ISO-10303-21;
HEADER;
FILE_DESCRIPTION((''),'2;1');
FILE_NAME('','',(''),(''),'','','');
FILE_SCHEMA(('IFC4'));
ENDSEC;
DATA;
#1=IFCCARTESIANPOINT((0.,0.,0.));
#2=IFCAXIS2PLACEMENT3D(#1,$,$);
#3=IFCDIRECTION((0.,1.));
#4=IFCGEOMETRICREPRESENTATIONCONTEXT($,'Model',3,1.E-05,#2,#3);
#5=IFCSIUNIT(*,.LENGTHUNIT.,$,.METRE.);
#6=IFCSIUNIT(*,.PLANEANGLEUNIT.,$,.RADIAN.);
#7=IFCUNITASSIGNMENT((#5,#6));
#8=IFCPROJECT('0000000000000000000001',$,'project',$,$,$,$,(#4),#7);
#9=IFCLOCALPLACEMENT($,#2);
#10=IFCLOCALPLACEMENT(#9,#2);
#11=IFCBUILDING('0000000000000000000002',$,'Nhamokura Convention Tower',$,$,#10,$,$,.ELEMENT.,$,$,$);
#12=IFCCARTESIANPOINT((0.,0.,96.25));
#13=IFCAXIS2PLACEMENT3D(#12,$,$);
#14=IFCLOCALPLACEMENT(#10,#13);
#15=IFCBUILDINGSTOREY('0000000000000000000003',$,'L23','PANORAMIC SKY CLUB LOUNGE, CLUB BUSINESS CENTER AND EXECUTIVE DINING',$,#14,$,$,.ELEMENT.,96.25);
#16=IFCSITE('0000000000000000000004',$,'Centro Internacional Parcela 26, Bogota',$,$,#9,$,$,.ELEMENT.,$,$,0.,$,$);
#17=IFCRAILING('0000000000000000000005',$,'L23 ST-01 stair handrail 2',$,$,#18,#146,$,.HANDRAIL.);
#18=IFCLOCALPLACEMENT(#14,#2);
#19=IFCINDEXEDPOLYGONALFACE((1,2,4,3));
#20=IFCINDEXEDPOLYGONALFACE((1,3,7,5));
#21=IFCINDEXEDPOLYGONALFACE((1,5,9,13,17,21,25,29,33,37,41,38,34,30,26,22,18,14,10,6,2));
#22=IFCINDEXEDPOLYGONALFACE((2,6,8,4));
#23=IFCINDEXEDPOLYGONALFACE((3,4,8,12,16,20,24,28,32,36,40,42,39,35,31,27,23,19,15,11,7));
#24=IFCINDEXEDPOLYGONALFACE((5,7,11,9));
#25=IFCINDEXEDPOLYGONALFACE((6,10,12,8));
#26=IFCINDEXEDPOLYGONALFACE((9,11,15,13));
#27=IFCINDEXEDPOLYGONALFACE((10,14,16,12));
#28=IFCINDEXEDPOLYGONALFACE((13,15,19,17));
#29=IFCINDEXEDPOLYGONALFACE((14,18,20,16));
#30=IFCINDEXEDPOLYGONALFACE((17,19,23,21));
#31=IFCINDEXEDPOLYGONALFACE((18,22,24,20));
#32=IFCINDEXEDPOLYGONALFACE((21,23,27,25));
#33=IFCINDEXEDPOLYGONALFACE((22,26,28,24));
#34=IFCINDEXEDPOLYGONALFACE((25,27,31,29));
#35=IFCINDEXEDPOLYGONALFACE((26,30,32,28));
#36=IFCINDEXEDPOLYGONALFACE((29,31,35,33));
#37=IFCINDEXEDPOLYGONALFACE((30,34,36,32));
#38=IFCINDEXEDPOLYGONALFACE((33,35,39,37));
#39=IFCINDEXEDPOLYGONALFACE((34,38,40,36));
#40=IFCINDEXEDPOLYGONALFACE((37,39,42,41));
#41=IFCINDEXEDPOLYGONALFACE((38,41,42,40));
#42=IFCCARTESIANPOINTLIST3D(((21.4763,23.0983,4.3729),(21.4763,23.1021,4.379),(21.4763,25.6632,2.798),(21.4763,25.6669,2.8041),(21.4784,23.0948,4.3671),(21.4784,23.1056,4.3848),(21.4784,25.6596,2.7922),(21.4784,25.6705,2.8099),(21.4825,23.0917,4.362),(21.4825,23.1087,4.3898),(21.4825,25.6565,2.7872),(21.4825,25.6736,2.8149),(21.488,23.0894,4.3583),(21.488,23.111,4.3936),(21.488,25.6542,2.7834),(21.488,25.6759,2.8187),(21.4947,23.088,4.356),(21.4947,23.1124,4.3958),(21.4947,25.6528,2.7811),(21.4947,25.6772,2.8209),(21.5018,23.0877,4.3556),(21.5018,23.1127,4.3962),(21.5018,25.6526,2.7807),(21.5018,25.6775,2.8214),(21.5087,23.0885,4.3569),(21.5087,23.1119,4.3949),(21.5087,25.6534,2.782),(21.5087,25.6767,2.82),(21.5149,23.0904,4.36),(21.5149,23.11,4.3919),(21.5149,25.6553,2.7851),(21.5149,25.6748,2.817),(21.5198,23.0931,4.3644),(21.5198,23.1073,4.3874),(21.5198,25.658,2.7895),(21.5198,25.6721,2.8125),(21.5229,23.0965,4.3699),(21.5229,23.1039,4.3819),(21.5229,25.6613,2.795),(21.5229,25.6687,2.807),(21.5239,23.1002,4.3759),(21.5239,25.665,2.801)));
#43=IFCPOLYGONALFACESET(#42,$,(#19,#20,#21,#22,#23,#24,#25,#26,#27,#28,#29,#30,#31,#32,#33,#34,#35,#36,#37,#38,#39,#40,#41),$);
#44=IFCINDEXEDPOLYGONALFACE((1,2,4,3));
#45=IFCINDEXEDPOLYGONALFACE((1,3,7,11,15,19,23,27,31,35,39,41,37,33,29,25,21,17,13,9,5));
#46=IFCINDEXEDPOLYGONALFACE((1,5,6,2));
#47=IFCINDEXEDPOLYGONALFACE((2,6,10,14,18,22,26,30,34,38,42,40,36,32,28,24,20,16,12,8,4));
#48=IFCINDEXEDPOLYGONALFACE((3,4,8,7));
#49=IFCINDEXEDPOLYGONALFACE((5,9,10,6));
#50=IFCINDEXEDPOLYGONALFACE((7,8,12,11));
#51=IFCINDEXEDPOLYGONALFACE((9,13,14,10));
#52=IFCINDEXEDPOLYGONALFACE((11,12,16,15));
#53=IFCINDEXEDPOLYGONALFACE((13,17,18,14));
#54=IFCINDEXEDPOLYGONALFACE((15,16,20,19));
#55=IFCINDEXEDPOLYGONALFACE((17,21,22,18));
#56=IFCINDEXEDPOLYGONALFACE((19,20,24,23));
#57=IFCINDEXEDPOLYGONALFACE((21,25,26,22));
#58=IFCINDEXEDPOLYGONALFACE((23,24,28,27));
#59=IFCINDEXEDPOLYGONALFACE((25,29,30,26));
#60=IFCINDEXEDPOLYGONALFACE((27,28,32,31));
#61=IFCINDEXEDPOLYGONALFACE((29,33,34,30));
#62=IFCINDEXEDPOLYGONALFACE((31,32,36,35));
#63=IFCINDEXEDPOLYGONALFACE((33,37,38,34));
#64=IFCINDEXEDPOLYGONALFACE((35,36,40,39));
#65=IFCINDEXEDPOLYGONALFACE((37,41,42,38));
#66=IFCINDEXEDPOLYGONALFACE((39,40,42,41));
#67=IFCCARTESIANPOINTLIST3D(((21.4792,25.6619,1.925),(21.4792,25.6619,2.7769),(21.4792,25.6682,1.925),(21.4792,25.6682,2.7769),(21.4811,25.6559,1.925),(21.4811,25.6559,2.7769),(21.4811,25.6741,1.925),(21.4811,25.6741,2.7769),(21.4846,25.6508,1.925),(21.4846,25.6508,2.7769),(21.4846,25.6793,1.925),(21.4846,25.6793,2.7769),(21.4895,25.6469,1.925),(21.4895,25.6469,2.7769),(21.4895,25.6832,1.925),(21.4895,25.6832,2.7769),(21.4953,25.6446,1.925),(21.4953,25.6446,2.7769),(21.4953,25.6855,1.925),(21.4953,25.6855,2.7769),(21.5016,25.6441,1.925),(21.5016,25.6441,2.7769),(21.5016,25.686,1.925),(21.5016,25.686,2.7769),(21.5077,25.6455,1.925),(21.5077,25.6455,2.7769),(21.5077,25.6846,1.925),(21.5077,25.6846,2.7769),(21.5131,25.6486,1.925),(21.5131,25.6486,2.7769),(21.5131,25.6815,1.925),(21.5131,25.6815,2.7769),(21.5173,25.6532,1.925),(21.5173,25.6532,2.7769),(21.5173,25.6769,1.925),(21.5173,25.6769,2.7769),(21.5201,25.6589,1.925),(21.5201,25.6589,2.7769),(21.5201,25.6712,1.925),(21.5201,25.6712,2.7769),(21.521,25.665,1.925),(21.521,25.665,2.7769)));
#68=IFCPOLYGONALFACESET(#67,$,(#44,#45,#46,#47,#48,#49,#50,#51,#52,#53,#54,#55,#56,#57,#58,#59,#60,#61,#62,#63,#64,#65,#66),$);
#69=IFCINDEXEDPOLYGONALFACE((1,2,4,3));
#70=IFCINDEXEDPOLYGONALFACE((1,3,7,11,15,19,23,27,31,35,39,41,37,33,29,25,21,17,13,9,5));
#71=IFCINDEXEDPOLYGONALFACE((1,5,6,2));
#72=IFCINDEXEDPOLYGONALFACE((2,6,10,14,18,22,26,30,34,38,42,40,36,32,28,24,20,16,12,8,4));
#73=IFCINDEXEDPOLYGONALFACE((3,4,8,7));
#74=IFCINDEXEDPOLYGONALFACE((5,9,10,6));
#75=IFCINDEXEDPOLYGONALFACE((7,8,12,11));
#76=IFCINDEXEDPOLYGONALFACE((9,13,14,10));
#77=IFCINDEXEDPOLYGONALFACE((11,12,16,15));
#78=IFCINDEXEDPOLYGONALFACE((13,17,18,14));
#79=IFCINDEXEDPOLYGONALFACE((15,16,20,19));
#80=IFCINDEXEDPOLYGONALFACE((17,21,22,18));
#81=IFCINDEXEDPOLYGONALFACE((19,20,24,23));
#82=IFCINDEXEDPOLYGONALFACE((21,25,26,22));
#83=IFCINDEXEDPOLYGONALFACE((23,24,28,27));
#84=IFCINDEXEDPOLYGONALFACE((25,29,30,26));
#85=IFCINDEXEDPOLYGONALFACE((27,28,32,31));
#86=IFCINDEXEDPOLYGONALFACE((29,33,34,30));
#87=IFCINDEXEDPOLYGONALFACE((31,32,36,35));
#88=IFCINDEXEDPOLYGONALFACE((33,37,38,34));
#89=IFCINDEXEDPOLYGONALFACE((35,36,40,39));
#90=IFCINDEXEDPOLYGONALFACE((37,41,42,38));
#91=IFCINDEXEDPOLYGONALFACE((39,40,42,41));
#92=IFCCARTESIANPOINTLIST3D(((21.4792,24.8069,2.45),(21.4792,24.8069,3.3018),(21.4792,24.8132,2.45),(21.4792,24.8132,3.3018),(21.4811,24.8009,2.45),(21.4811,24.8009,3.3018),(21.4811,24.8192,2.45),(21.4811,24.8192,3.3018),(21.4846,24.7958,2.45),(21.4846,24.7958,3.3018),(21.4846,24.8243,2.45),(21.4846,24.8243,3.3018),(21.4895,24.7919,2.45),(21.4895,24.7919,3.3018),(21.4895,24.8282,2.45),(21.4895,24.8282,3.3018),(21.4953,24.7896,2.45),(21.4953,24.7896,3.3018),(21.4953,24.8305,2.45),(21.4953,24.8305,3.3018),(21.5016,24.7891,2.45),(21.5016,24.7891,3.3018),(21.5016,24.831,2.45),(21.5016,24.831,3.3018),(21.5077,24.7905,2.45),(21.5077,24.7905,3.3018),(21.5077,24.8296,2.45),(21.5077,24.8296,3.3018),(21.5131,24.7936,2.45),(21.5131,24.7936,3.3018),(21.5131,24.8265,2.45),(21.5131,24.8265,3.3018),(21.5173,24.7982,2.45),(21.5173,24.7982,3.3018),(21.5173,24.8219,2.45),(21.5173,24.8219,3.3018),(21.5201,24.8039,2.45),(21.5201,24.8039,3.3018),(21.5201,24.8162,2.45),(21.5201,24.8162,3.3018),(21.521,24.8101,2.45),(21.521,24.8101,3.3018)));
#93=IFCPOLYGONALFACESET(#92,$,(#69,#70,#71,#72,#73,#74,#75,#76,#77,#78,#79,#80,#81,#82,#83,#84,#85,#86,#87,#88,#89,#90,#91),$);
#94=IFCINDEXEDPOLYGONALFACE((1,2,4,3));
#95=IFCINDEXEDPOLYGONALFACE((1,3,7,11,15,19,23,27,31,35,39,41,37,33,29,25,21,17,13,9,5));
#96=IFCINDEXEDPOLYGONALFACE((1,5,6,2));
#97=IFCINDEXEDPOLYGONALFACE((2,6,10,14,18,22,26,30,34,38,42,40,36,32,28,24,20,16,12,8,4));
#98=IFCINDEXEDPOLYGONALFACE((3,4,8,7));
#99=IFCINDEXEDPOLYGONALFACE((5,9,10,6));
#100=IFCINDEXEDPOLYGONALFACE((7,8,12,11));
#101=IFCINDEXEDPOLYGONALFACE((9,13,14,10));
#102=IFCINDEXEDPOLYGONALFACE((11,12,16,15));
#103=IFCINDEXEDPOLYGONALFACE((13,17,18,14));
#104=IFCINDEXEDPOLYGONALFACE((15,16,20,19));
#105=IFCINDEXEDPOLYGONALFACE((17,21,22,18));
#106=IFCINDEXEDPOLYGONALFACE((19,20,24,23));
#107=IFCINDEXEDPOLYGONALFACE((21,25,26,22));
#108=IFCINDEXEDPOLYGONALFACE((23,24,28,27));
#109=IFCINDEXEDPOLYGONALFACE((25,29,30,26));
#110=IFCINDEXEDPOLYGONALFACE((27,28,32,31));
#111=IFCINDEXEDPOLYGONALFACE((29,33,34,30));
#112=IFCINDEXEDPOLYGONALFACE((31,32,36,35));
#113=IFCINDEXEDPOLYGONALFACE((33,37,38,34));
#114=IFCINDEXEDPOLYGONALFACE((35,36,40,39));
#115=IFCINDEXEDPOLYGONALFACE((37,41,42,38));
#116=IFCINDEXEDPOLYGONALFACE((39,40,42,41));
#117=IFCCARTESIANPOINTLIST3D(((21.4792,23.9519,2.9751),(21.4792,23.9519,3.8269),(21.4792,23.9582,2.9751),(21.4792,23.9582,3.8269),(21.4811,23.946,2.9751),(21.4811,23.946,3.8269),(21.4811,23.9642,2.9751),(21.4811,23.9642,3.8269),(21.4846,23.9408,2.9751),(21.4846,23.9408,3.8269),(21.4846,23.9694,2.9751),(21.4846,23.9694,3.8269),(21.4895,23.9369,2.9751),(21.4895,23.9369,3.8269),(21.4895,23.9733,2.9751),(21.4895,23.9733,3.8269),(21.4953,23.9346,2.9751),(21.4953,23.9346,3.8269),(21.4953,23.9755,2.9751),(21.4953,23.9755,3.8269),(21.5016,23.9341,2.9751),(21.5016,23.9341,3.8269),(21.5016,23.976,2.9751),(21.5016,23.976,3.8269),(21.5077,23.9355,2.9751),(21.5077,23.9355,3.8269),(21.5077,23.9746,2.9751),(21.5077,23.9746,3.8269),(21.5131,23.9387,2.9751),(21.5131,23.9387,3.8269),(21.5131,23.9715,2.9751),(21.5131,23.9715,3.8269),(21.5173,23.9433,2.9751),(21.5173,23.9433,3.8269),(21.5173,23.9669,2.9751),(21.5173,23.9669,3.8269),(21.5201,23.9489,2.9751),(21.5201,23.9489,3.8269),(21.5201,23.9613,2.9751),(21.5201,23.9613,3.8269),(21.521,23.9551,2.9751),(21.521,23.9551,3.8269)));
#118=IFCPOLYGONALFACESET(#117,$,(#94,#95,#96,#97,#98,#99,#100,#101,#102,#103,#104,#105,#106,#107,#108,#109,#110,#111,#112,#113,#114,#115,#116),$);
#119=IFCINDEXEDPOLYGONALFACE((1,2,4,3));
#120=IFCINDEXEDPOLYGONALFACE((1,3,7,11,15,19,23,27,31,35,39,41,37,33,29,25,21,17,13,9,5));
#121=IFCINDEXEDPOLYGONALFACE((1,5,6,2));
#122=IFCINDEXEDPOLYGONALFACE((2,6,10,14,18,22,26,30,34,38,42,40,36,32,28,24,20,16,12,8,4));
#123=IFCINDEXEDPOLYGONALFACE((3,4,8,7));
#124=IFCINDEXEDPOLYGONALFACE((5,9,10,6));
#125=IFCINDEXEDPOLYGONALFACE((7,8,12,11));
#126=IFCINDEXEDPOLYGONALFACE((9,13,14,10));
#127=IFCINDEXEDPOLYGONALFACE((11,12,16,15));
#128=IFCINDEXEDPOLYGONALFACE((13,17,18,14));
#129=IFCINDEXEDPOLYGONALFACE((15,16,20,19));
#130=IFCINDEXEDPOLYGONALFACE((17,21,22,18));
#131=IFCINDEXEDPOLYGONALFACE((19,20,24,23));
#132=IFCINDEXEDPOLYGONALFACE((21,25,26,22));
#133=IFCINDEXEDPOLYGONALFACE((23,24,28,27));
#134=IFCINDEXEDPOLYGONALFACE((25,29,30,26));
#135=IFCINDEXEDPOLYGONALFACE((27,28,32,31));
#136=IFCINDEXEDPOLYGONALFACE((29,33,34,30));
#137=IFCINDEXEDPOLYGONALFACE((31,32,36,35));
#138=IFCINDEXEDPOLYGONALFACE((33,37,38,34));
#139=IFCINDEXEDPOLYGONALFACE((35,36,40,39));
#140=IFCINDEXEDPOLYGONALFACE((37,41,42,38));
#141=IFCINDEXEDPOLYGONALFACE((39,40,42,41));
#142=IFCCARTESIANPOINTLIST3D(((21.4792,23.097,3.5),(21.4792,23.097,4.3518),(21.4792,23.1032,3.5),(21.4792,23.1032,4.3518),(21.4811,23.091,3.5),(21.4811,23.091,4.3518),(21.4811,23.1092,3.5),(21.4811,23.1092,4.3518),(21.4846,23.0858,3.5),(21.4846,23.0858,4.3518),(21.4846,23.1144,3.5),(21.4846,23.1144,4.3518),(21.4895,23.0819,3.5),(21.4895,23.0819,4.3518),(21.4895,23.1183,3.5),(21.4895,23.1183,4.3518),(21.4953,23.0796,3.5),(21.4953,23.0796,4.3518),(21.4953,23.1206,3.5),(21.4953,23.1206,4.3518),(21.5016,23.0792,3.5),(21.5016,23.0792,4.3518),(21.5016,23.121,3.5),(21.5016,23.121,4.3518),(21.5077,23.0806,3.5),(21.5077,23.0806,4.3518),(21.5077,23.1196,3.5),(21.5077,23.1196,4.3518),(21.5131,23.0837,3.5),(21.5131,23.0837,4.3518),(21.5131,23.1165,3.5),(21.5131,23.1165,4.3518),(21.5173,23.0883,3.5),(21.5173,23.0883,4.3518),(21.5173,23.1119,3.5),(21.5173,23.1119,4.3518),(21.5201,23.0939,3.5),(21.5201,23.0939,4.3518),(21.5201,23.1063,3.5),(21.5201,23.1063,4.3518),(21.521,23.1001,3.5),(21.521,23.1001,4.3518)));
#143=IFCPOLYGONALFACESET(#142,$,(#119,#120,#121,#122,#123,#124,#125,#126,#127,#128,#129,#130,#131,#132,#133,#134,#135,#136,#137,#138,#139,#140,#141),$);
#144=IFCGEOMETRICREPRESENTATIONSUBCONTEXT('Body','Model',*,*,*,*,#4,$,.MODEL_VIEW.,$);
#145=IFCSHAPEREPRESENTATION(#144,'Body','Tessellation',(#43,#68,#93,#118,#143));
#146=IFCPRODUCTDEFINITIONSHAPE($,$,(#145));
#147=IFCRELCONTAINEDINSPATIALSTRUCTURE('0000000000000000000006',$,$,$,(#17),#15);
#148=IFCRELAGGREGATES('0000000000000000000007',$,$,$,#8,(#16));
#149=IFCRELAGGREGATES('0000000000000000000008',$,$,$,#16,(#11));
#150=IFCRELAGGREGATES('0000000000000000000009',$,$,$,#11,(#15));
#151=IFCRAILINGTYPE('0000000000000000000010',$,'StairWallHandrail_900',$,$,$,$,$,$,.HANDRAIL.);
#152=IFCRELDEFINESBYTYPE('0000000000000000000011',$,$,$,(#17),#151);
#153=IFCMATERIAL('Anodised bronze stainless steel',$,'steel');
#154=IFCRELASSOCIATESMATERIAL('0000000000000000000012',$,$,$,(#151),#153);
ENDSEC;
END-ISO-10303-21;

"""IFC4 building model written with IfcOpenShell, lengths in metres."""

from ifc_helpers import new_model, si_unit, direction, frame, origin, origin_2d, place, context, subcontext, project, spatial, circle, extrude, material, type_object, element, save


model = new_model("IFC4")

# Units and contexts
model_context = context("Model", 3, precision=1e-05, world=origin(), true_north=direction((0.0, 1.0)))
body_context = subcontext(model_context, "Body", "Model", "MODEL_VIEW")
ifc_project = project(units=[si_unit("LENGTHUNIT", "METRE"), si_unit("PLANEANGLEUNIT", "RADIAN")], contexts=[model_context])

# Site, building, storey
site_placement = place(None, origin())
site = spatial("IfcSite", under=ifc_project, at=site_placement, Name="Centro Internacional Parcela 26, Bogota", CompositionType="ELEMENT", RefElevation=0.0)
building_placement = place(site_placement, origin())
building = spatial("IfcBuilding", under=site, at=building_placement, Name="Nhamokura Convention Tower", CompositionType="ELEMENT")
storey_placement = place(building_placement, frame((0.0, 0.0, 96.25)))
storey = spatial("IfcBuildingStorey", under=building, at=storey_placement, Name="L23", Description="PANORAMIC SKY CLUB LOUNGE, CLUB BUSINESS CENTER AND EXECUTIVE DINING", CompositionType="ELEMENT", Elevation=96.25)

# Railing
ifc_material_1 = material(Name="Anodised bronze stainless steel", Category="steel")
railing_type_1 = type_object("IfcRailingType", Name="StairWallHandrail_900", PredefinedType="HANDRAIL", material=ifc_material_1)
railing_1_placement = place(storey_placement, frame((21.5, 25.665, 1.925)))
element("IfcRailing", 1, at=railing_1_placement, inside=storey, type_object=railing_type_1, Name="L23 ST-01 stair handrail 2", PredefinedType="HANDRAIL", context=body_context, shape_type="SweptSolid", body=[
    extrude(circle(Radius=0.0239, at=origin_2d()), frame((0.0, 0.0, 0.876), z_axis=(0.0, -0.852173, 0.52326), x_axis=(1.0, 0.0, 0.0)), (0.0, 0.0, 1.0), 3.0098),
    extrude(circle(Radius=0.021, at=origin_2d()), origin(), (0.0, 0.0, 1.0), 0.8518),
    extrude(circle(Radius=0.021, at=origin_2d()), frame((0.0, -0.855, 0.5249)), (0.0, 0.0, 1.0), 0.8518),
    extrude(circle(Radius=0.021, at=origin_2d()), frame((0.0, -1.71, 1.05)), (0.0, 0.0, 1.0), 0.8518),
    extrude(circle(Radius=0.021, at=origin_2d()), frame((0.0, -2.5649, 1.575)), (0.0, 0.0, 1.0), 0.8518),
])

save(model, "model.ifc")
